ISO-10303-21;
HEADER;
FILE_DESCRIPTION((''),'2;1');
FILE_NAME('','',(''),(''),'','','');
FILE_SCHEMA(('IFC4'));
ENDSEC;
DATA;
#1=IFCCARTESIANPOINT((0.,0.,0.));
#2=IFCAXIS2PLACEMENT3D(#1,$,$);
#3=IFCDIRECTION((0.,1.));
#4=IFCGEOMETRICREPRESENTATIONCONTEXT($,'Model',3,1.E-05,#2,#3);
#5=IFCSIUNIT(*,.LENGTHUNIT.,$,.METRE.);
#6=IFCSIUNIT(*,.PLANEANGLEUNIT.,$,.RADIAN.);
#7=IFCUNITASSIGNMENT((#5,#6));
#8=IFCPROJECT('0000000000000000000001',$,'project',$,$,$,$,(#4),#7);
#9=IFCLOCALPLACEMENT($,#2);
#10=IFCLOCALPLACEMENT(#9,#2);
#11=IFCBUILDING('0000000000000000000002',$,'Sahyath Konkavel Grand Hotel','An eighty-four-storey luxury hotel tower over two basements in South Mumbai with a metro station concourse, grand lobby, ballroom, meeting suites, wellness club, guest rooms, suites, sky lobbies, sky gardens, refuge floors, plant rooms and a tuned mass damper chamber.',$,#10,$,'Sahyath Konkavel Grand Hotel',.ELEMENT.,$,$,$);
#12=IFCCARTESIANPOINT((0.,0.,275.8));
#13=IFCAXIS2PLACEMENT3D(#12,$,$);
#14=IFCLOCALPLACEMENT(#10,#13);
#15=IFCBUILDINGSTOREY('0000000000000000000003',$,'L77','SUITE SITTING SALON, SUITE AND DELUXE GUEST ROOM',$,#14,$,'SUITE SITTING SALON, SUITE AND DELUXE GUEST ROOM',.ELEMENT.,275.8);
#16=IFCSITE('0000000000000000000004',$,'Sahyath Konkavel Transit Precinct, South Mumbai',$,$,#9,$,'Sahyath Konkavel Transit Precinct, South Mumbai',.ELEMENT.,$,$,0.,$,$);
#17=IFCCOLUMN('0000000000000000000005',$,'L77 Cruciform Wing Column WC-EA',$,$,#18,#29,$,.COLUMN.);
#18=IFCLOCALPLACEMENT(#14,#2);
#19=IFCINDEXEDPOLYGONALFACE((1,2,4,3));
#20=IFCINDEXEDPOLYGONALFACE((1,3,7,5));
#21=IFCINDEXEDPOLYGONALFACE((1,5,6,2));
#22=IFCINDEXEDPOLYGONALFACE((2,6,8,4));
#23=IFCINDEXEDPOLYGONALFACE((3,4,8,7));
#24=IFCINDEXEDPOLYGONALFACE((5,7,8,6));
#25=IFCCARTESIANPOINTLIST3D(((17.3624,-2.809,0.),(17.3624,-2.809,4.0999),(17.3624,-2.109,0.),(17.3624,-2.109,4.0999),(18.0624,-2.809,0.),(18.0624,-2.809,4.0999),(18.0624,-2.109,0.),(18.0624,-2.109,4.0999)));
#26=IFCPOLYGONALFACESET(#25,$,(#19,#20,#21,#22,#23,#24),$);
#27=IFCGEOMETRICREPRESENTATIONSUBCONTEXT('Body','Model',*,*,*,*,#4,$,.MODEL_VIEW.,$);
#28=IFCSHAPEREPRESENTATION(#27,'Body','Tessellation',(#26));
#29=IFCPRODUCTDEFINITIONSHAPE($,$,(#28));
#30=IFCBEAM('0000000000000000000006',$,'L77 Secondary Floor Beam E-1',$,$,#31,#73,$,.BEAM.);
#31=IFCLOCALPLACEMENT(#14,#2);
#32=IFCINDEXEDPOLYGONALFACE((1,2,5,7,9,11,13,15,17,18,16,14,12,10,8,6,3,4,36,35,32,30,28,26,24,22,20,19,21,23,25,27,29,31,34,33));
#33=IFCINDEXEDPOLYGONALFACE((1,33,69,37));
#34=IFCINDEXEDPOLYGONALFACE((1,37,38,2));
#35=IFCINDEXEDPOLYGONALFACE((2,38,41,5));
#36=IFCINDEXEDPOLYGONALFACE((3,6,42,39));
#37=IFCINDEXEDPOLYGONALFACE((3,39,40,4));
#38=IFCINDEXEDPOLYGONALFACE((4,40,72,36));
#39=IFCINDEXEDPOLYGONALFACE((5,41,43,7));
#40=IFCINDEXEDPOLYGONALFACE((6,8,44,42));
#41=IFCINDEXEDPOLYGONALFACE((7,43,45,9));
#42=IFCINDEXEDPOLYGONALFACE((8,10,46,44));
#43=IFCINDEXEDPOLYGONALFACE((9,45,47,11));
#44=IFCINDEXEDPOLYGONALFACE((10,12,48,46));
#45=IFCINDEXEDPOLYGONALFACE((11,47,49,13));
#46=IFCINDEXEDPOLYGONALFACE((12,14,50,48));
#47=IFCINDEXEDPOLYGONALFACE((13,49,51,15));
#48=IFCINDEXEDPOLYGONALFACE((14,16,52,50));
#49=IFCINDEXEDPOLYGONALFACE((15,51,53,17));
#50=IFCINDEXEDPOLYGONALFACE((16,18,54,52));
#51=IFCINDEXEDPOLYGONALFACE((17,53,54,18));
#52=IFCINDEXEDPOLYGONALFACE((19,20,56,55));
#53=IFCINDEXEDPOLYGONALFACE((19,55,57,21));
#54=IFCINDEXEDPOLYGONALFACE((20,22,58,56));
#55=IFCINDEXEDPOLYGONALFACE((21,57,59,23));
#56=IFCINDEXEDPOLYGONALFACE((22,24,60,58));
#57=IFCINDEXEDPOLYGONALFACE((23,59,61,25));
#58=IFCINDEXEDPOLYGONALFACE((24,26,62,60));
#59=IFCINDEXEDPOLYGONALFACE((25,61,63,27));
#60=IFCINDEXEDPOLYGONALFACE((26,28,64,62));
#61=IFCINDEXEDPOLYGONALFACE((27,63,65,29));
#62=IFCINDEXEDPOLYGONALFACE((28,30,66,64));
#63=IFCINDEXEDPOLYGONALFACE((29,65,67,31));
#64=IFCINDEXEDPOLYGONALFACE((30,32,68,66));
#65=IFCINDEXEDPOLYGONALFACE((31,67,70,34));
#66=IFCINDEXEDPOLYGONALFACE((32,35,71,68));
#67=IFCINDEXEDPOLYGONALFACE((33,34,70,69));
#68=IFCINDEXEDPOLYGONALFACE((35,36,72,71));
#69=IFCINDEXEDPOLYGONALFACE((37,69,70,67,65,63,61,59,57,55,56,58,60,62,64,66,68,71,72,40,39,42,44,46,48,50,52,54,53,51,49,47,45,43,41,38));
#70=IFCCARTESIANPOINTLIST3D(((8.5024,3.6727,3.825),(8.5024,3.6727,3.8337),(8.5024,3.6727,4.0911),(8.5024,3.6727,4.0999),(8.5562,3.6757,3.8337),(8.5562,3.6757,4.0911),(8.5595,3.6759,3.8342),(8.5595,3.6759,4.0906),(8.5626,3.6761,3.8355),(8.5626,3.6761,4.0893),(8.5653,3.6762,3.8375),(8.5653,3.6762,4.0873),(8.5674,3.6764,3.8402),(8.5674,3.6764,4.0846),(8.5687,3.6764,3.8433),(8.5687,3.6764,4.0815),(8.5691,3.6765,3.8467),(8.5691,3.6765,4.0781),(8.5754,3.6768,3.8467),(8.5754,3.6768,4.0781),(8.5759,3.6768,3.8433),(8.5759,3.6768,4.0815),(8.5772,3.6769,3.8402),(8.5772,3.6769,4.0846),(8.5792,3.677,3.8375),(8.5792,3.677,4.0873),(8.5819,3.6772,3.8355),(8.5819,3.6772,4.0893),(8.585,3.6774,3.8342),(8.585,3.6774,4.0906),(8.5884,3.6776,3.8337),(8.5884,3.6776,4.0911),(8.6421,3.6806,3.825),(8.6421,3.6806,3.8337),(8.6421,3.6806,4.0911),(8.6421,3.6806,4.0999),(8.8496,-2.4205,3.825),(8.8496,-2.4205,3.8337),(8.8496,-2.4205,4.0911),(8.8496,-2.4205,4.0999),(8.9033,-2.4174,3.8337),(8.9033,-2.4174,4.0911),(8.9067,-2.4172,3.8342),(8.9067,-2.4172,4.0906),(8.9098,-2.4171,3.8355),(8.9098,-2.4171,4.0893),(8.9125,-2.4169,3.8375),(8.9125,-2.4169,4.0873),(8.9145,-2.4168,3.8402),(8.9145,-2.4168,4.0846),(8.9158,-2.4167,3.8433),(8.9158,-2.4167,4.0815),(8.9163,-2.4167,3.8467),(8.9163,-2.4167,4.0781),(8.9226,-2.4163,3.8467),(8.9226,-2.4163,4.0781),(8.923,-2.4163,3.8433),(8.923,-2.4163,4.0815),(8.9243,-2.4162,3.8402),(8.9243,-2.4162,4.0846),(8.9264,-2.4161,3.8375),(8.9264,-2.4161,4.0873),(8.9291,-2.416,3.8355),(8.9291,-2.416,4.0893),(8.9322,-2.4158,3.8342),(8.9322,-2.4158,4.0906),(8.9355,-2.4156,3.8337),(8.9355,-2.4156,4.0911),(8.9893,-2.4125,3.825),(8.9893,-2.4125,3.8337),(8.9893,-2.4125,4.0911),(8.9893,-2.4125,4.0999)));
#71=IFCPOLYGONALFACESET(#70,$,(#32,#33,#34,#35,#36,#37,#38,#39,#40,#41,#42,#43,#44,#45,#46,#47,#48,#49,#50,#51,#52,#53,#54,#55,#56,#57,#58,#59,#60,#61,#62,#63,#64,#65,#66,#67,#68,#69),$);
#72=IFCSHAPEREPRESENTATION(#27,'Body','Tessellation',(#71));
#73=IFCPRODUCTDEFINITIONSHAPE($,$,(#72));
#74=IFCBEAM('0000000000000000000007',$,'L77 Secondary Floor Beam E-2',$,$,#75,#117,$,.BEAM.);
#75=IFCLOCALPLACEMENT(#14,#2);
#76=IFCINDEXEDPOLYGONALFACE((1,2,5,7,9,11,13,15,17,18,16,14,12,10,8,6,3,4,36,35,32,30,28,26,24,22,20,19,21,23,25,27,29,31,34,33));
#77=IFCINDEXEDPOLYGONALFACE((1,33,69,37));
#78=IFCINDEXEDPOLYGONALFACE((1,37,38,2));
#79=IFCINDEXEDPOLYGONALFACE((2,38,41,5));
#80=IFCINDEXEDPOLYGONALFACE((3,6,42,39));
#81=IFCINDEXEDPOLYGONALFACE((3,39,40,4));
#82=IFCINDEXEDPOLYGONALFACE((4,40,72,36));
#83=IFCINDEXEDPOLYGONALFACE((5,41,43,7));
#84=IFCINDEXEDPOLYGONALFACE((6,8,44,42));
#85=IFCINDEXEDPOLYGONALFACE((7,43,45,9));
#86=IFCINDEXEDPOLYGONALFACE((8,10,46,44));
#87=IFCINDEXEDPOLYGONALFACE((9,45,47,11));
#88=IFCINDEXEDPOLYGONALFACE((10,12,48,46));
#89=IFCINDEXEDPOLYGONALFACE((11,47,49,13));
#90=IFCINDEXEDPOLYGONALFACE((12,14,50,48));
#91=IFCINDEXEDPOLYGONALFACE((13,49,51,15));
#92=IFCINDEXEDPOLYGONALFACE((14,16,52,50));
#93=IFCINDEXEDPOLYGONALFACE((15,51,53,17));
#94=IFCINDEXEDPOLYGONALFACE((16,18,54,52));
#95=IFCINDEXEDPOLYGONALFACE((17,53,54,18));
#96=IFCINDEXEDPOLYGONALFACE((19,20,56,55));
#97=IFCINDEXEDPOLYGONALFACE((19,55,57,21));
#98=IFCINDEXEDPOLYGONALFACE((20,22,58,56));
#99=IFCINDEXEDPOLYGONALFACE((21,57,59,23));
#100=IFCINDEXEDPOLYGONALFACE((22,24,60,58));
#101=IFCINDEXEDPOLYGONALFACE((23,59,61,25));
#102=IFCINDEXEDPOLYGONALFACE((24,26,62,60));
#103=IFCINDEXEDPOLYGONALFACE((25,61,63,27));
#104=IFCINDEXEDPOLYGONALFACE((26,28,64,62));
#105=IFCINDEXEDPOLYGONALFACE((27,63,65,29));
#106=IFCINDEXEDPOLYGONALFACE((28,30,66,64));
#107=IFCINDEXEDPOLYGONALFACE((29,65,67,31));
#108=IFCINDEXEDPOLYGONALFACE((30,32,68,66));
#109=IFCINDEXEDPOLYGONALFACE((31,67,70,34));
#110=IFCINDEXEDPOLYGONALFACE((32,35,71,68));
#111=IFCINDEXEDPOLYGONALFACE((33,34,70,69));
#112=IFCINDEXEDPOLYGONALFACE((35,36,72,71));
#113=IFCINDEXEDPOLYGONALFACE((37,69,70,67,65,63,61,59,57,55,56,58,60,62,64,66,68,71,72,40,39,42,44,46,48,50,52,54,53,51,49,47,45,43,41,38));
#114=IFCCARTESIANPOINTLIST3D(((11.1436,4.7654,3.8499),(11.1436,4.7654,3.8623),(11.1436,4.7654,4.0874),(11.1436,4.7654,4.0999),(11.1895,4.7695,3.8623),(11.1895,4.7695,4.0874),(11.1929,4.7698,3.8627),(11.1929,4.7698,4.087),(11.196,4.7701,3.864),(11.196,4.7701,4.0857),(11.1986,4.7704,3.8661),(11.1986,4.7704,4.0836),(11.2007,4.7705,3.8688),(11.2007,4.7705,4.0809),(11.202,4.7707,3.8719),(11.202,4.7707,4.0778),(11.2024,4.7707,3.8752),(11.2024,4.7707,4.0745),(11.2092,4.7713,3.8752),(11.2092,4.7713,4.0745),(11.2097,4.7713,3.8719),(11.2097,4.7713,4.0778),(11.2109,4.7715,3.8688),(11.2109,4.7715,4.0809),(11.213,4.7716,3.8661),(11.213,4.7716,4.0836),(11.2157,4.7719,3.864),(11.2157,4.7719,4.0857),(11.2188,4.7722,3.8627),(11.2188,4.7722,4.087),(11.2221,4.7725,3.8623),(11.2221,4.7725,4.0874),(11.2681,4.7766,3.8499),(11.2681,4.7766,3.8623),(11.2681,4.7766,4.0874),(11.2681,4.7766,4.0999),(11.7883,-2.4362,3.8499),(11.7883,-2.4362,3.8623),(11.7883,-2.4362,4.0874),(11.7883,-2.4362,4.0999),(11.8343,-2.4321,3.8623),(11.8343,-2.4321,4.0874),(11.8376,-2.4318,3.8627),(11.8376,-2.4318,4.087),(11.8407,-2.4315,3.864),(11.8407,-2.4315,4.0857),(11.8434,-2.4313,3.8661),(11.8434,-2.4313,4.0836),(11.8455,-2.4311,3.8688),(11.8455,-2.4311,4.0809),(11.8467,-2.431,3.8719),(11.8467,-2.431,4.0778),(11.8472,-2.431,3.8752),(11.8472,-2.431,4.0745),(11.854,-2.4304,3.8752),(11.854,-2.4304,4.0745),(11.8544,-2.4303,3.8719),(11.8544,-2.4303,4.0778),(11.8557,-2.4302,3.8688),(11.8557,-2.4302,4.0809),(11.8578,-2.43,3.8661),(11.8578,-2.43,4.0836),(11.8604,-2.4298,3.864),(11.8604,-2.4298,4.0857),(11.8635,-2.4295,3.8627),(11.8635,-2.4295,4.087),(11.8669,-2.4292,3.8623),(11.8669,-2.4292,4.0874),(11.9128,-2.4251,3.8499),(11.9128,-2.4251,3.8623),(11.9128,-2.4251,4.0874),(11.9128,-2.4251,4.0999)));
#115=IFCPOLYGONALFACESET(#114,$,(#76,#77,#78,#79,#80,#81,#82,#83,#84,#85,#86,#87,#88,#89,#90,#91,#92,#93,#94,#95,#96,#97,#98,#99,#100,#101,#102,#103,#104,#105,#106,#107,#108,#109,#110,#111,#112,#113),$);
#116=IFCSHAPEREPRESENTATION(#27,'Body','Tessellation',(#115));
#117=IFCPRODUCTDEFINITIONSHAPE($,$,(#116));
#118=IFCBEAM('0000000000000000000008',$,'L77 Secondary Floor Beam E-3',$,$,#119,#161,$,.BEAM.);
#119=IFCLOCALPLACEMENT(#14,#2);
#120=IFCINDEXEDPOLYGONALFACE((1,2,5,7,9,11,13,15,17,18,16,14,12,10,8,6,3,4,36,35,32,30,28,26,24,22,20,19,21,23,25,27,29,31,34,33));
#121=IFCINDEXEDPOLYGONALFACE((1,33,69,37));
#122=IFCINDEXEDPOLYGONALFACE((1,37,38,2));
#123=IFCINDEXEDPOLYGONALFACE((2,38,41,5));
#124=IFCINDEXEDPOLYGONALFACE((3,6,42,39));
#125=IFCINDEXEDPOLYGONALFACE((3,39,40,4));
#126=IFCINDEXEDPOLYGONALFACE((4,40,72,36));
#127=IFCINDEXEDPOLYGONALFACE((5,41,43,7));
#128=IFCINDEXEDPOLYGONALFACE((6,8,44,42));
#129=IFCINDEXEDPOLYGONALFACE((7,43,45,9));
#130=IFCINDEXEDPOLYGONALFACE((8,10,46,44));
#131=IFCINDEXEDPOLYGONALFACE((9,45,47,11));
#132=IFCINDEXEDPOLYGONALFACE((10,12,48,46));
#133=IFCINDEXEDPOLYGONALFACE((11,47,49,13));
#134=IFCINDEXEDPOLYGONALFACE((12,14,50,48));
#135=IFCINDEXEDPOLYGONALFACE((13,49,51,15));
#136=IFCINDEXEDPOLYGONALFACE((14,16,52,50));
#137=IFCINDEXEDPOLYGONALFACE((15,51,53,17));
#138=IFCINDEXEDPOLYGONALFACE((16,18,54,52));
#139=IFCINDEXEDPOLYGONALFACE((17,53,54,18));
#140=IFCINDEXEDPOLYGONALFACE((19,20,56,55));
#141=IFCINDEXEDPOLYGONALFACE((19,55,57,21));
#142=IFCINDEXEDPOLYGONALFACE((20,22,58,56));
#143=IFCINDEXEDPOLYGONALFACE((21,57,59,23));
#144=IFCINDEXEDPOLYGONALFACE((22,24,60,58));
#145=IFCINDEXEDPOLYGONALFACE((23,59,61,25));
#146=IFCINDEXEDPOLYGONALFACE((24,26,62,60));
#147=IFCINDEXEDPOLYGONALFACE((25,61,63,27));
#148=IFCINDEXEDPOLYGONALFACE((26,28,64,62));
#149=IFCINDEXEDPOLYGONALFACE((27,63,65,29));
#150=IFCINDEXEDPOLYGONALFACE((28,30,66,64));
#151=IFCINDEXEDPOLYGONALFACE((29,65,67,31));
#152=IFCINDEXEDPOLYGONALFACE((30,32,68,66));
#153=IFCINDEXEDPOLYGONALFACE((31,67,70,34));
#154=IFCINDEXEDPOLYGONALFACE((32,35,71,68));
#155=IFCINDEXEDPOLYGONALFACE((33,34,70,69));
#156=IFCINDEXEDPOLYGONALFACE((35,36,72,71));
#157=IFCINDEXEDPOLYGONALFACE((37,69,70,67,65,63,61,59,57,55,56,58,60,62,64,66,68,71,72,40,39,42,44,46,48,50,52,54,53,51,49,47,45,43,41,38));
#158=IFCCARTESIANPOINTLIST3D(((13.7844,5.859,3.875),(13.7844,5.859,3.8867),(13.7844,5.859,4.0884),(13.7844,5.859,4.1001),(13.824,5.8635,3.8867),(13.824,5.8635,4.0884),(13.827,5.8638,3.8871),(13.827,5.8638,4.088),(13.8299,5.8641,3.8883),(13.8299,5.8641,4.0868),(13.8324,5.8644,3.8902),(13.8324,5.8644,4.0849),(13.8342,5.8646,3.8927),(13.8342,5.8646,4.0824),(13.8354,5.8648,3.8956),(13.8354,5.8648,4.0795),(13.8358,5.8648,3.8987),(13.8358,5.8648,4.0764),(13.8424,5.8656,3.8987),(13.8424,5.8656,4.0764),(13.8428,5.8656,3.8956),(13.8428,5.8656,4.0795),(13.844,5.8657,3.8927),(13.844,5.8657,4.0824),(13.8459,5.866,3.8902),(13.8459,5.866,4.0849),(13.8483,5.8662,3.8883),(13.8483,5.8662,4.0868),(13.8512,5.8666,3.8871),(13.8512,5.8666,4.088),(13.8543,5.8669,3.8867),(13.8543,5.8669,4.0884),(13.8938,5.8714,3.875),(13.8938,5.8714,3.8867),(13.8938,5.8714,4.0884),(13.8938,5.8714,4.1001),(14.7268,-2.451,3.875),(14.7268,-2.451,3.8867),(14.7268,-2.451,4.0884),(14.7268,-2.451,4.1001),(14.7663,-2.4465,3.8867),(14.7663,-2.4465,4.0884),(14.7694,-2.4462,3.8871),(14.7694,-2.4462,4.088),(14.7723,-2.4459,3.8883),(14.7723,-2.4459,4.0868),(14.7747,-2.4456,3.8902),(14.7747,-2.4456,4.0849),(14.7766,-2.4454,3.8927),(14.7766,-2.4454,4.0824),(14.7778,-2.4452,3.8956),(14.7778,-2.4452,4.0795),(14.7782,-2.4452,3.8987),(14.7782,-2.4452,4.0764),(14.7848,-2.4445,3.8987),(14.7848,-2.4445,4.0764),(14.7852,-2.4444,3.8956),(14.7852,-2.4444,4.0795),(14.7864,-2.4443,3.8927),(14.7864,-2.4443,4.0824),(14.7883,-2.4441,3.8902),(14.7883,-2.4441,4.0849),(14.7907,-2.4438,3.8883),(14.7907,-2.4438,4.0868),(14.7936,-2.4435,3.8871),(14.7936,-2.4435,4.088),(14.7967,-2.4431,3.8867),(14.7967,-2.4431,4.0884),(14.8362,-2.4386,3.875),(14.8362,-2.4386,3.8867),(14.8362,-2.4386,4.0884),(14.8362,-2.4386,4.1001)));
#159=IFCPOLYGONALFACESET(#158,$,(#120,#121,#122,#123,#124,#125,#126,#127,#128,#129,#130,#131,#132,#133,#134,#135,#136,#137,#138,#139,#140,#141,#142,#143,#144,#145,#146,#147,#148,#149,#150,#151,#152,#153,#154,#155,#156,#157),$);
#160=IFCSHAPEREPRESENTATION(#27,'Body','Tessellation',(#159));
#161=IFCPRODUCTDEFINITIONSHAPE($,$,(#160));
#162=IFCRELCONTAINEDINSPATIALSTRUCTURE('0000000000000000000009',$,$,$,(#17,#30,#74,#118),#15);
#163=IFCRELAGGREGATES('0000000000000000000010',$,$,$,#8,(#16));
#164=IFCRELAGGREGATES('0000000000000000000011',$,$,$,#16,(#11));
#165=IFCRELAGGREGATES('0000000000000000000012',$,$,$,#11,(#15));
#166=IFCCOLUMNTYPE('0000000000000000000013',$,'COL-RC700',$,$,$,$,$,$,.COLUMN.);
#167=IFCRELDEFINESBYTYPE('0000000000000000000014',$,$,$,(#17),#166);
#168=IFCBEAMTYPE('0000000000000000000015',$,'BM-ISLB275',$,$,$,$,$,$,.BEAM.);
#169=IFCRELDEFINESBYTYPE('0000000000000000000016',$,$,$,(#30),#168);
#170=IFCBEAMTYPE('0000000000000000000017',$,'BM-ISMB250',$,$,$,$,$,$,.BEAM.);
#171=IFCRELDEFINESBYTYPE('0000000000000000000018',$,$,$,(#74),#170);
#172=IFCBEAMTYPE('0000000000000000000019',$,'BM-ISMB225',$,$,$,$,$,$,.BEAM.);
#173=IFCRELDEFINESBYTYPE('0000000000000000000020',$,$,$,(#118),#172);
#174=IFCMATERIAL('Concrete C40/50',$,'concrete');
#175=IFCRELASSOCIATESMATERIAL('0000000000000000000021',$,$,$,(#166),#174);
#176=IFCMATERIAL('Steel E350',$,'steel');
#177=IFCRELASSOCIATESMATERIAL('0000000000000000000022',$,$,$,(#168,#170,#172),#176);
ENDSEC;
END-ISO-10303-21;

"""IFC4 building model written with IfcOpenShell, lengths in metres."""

from ifc_helpers import new_model, si_unit, direction, frame, origin, origin_2d, place, context, subcontext, project, spatial, rectangle, i_section, extrude, source, transform, mapped, material, material_profile, profile_set, type_object, element, save


model = new_model("IFC4")

# Units and contexts
model_context = context("Model", 3, precision=1e-05, world=origin(), true_north=direction((0.0, 1.0)))
body_context = subcontext(model_context, "Body", "Model", "MODEL_VIEW")
ifc_project = project(units=[si_unit("LENGTHUNIT", "METRE"), si_unit("PLANEANGLEUNIT", "RADIAN")], contexts=[model_context])

# Site, building, storey
site_placement = place(None, origin())
site = spatial("IfcSite", under=ifc_project, at=site_placement, Name="Sahyath Konkavel Transit Precinct, South Mumbai", LongName="Sahyath Konkavel Transit Precinct, South Mumbai", CompositionType="ELEMENT", RefElevation=0.0)
building_placement = place(site_placement, origin())
building = spatial("IfcBuilding", under=site, at=building_placement, Name="Sahyath Konkavel Grand Hotel", Description="An eighty-four-storey luxury hotel tower over two basements in South Mumbai with a metro station concourse, grand lobby, ballroom, meeting suites, wellness club, guest rooms, suites, sky lobbies, sky gardens, refuge floors, plant rooms and a tuned mass damper chamber.", LongName="Sahyath Konkavel Grand Hotel", CompositionType="ELEMENT")
storey_placement = place(building_placement, frame((0.0, 0.0, 275.8)))
storey = spatial("IfcBuildingStorey", under=building, at=storey_placement, Name="L77", Description="SUITE SITTING SALON, SUITE AND DELUXE GUEST ROOM", LongName="SUITE SITTING SALON, SUITE AND DELUXE GUEST ROOM", CompositionType="ELEMENT", Elevation=275.8)

# Column
ifc_material_1 = material(Name="Concrete C40/50", Category="concrete")
ifc_material_profile_1 = material_profile(ifc_material_1, rectangle(XDim=0.7, YDim=0.7, at=origin_2d()), Name="RC 700x700")
ifc_profile_set_1 = profile_set([ifc_material_profile_1], Name="Concrete C40/50")
column_type = type_object("IfcColumnType", Name="COL-RC700", PredefinedType="COLUMN", material=ifc_profile_set_1)
shared_shape_1 = source(origin(), body_context, "Body", "SweptSolid", [
    extrude(rectangle(XDim=0.7, YDim=0.7, at=origin_2d()), origin(), (0.0, 0.0, 1.0), 4.0999),
])
column_placement = place(storey_placement, frame((17.7124, -2.459, 0.0), z_axis=(0.0, 0.0, 1.0), x_axis=(1.0, 0.0, 0.0)))
element("IfcColumn", 1, at=column_placement, inside=storey, type_object=column_type, Name="L77 Cruciform Wing Column WC-EA", PredefinedType="COLUMN", context=body_context, shape_type="MappedRepresentation", body=[
    mapped(shared_shape_1, transform((0.0, 0.0, 0.0), scale=1.0)),
])

# Beams
ifc_material_2 = material(Name="Steel E350", Category="steel")
ifc_material_profile_2 = material_profile(ifc_material_2, i_section(OverallWidth=0.1399, OverallDepth=0.2749, WebThickness=0.0063, FlangeThickness=0.0088, FilletRadius=0.0129, at=origin_2d()), Name="ISLB 275")
ifc_profile_set_2 = profile_set([ifc_material_profile_2], Name="Steel E350")
beam_type_1 = type_object("IfcBeamType", Name="BM-ISLB275", PredefinedType="BEAM", material=ifc_profile_set_2)
shared_shape_2 = source(origin(), body_context, "Body", "SweptSolid", [
    extrude(i_section(OverallWidth=0.1399, OverallDepth=0.2749, WebThickness=0.0063, FlangeThickness=0.0088, FilletRadius=0.0129, at=origin_2d()), origin(), (0.0, 0.0, 1.0), 6.103),
])
beam_1_placement = place(storey_placement, frame((8.9194, -2.4165, 3.9624), z_axis=(-0.056883, 0.998381, 0.0), x_axis=(-0.998381, -0.056883, 0.0)))
element("IfcBeam", 2, at=beam_1_placement, inside=storey, type_object=beam_type_1, Name="L77 Secondary Floor Beam E-1", PredefinedType="BEAM", context=body_context, shape_type="MappedRepresentation", body=[
    mapped(shared_shape_2, transform((0.0, 0.0, 0.0), scale=1.0)),
])
ifc_material_profile_3 = material_profile(ifc_material_2, i_section(OverallWidth=0.125, OverallDepth=0.25, WebThickness=0.0068, FlangeThickness=0.0125, FilletRadius=0.0129, at=origin_2d()), Name="ISMB 250")
ifc_profile_set_3 = profile_set([ifc_material_profile_3], Name="Steel E350")
beam_type_2 = type_object("IfcBeamType", Name="BM-ISMB250", PredefinedType="BEAM", material=ifc_profile_set_3)
shared_shape_3 = source(origin(), body_context, "Body", "SweptSolid", [
    extrude(i_section(OverallWidth=0.125, OverallDepth=0.25, WebThickness=0.0068, FlangeThickness=0.0125, FilletRadius=0.0129, at=origin_2d()), origin(), (0.0, 0.0, 1.0), 7.2305),
])
beam_2_placement = place(storey_placement, frame((11.8506, -2.4307, 3.9749), z_axis=(-0.089175, 0.996016, 0.0), x_axis=(-0.996016, -0.089175, 0.0)))
element("IfcBeam", 3, at=beam_2_placement, inside=storey, type_object=beam_type_2, Name="L77 Secondary Floor Beam E-2", PredefinedType="BEAM", context=body_context, shape_type="MappedRepresentation", body=[
    mapped(shared_shape_3, transform((0.0, 0.0, 0.0), scale=1.0)),
])
ifc_material_profile_4 = material_profile(ifc_material_2, i_section(OverallWidth=0.1101, OverallDepth=0.2251, WebThickness=0.0066, FlangeThickness=0.0117, FilletRadius=0.012, at=origin_2d()), Name="ISMB 225")
ifc_profile_set_4 = profile_set([ifc_material_profile_4], Name="Steel E350")
beam_type_3 = type_object("IfcBeamType", Name="BM-ISMB225", PredefinedType="BEAM", material=ifc_profile_set_4)
shared_shape_4 = source(origin(), body_context, "Body", "SweptSolid", [
    extrude(i_section(OverallWidth=0.1101, OverallDepth=0.2251, WebThickness=0.0066, FlangeThickness=0.0117, FilletRadius=0.012, at=origin_2d()), origin(), (0.0, 0.0, 1.0), 8.3633),
])
beam_3_placement = place(storey_placement, frame((14.7815, -2.4448, 3.9875), z_axis=(-0.11268, 0.993631, 0.0), x_axis=(-0.993631, -0.11268, 0.0)))
element("IfcBeam", 4, at=beam_3_placement, inside=storey, type_object=beam_type_3, Name="L77 Secondary Floor Beam E-3", PredefinedType="BEAM", context=body_context, shape_type="MappedRepresentation", body=[
    mapped(shared_shape_4, transform((0.0, 0.0, 0.0), scale=1.0)),
])

save(model, "model.ifc")
